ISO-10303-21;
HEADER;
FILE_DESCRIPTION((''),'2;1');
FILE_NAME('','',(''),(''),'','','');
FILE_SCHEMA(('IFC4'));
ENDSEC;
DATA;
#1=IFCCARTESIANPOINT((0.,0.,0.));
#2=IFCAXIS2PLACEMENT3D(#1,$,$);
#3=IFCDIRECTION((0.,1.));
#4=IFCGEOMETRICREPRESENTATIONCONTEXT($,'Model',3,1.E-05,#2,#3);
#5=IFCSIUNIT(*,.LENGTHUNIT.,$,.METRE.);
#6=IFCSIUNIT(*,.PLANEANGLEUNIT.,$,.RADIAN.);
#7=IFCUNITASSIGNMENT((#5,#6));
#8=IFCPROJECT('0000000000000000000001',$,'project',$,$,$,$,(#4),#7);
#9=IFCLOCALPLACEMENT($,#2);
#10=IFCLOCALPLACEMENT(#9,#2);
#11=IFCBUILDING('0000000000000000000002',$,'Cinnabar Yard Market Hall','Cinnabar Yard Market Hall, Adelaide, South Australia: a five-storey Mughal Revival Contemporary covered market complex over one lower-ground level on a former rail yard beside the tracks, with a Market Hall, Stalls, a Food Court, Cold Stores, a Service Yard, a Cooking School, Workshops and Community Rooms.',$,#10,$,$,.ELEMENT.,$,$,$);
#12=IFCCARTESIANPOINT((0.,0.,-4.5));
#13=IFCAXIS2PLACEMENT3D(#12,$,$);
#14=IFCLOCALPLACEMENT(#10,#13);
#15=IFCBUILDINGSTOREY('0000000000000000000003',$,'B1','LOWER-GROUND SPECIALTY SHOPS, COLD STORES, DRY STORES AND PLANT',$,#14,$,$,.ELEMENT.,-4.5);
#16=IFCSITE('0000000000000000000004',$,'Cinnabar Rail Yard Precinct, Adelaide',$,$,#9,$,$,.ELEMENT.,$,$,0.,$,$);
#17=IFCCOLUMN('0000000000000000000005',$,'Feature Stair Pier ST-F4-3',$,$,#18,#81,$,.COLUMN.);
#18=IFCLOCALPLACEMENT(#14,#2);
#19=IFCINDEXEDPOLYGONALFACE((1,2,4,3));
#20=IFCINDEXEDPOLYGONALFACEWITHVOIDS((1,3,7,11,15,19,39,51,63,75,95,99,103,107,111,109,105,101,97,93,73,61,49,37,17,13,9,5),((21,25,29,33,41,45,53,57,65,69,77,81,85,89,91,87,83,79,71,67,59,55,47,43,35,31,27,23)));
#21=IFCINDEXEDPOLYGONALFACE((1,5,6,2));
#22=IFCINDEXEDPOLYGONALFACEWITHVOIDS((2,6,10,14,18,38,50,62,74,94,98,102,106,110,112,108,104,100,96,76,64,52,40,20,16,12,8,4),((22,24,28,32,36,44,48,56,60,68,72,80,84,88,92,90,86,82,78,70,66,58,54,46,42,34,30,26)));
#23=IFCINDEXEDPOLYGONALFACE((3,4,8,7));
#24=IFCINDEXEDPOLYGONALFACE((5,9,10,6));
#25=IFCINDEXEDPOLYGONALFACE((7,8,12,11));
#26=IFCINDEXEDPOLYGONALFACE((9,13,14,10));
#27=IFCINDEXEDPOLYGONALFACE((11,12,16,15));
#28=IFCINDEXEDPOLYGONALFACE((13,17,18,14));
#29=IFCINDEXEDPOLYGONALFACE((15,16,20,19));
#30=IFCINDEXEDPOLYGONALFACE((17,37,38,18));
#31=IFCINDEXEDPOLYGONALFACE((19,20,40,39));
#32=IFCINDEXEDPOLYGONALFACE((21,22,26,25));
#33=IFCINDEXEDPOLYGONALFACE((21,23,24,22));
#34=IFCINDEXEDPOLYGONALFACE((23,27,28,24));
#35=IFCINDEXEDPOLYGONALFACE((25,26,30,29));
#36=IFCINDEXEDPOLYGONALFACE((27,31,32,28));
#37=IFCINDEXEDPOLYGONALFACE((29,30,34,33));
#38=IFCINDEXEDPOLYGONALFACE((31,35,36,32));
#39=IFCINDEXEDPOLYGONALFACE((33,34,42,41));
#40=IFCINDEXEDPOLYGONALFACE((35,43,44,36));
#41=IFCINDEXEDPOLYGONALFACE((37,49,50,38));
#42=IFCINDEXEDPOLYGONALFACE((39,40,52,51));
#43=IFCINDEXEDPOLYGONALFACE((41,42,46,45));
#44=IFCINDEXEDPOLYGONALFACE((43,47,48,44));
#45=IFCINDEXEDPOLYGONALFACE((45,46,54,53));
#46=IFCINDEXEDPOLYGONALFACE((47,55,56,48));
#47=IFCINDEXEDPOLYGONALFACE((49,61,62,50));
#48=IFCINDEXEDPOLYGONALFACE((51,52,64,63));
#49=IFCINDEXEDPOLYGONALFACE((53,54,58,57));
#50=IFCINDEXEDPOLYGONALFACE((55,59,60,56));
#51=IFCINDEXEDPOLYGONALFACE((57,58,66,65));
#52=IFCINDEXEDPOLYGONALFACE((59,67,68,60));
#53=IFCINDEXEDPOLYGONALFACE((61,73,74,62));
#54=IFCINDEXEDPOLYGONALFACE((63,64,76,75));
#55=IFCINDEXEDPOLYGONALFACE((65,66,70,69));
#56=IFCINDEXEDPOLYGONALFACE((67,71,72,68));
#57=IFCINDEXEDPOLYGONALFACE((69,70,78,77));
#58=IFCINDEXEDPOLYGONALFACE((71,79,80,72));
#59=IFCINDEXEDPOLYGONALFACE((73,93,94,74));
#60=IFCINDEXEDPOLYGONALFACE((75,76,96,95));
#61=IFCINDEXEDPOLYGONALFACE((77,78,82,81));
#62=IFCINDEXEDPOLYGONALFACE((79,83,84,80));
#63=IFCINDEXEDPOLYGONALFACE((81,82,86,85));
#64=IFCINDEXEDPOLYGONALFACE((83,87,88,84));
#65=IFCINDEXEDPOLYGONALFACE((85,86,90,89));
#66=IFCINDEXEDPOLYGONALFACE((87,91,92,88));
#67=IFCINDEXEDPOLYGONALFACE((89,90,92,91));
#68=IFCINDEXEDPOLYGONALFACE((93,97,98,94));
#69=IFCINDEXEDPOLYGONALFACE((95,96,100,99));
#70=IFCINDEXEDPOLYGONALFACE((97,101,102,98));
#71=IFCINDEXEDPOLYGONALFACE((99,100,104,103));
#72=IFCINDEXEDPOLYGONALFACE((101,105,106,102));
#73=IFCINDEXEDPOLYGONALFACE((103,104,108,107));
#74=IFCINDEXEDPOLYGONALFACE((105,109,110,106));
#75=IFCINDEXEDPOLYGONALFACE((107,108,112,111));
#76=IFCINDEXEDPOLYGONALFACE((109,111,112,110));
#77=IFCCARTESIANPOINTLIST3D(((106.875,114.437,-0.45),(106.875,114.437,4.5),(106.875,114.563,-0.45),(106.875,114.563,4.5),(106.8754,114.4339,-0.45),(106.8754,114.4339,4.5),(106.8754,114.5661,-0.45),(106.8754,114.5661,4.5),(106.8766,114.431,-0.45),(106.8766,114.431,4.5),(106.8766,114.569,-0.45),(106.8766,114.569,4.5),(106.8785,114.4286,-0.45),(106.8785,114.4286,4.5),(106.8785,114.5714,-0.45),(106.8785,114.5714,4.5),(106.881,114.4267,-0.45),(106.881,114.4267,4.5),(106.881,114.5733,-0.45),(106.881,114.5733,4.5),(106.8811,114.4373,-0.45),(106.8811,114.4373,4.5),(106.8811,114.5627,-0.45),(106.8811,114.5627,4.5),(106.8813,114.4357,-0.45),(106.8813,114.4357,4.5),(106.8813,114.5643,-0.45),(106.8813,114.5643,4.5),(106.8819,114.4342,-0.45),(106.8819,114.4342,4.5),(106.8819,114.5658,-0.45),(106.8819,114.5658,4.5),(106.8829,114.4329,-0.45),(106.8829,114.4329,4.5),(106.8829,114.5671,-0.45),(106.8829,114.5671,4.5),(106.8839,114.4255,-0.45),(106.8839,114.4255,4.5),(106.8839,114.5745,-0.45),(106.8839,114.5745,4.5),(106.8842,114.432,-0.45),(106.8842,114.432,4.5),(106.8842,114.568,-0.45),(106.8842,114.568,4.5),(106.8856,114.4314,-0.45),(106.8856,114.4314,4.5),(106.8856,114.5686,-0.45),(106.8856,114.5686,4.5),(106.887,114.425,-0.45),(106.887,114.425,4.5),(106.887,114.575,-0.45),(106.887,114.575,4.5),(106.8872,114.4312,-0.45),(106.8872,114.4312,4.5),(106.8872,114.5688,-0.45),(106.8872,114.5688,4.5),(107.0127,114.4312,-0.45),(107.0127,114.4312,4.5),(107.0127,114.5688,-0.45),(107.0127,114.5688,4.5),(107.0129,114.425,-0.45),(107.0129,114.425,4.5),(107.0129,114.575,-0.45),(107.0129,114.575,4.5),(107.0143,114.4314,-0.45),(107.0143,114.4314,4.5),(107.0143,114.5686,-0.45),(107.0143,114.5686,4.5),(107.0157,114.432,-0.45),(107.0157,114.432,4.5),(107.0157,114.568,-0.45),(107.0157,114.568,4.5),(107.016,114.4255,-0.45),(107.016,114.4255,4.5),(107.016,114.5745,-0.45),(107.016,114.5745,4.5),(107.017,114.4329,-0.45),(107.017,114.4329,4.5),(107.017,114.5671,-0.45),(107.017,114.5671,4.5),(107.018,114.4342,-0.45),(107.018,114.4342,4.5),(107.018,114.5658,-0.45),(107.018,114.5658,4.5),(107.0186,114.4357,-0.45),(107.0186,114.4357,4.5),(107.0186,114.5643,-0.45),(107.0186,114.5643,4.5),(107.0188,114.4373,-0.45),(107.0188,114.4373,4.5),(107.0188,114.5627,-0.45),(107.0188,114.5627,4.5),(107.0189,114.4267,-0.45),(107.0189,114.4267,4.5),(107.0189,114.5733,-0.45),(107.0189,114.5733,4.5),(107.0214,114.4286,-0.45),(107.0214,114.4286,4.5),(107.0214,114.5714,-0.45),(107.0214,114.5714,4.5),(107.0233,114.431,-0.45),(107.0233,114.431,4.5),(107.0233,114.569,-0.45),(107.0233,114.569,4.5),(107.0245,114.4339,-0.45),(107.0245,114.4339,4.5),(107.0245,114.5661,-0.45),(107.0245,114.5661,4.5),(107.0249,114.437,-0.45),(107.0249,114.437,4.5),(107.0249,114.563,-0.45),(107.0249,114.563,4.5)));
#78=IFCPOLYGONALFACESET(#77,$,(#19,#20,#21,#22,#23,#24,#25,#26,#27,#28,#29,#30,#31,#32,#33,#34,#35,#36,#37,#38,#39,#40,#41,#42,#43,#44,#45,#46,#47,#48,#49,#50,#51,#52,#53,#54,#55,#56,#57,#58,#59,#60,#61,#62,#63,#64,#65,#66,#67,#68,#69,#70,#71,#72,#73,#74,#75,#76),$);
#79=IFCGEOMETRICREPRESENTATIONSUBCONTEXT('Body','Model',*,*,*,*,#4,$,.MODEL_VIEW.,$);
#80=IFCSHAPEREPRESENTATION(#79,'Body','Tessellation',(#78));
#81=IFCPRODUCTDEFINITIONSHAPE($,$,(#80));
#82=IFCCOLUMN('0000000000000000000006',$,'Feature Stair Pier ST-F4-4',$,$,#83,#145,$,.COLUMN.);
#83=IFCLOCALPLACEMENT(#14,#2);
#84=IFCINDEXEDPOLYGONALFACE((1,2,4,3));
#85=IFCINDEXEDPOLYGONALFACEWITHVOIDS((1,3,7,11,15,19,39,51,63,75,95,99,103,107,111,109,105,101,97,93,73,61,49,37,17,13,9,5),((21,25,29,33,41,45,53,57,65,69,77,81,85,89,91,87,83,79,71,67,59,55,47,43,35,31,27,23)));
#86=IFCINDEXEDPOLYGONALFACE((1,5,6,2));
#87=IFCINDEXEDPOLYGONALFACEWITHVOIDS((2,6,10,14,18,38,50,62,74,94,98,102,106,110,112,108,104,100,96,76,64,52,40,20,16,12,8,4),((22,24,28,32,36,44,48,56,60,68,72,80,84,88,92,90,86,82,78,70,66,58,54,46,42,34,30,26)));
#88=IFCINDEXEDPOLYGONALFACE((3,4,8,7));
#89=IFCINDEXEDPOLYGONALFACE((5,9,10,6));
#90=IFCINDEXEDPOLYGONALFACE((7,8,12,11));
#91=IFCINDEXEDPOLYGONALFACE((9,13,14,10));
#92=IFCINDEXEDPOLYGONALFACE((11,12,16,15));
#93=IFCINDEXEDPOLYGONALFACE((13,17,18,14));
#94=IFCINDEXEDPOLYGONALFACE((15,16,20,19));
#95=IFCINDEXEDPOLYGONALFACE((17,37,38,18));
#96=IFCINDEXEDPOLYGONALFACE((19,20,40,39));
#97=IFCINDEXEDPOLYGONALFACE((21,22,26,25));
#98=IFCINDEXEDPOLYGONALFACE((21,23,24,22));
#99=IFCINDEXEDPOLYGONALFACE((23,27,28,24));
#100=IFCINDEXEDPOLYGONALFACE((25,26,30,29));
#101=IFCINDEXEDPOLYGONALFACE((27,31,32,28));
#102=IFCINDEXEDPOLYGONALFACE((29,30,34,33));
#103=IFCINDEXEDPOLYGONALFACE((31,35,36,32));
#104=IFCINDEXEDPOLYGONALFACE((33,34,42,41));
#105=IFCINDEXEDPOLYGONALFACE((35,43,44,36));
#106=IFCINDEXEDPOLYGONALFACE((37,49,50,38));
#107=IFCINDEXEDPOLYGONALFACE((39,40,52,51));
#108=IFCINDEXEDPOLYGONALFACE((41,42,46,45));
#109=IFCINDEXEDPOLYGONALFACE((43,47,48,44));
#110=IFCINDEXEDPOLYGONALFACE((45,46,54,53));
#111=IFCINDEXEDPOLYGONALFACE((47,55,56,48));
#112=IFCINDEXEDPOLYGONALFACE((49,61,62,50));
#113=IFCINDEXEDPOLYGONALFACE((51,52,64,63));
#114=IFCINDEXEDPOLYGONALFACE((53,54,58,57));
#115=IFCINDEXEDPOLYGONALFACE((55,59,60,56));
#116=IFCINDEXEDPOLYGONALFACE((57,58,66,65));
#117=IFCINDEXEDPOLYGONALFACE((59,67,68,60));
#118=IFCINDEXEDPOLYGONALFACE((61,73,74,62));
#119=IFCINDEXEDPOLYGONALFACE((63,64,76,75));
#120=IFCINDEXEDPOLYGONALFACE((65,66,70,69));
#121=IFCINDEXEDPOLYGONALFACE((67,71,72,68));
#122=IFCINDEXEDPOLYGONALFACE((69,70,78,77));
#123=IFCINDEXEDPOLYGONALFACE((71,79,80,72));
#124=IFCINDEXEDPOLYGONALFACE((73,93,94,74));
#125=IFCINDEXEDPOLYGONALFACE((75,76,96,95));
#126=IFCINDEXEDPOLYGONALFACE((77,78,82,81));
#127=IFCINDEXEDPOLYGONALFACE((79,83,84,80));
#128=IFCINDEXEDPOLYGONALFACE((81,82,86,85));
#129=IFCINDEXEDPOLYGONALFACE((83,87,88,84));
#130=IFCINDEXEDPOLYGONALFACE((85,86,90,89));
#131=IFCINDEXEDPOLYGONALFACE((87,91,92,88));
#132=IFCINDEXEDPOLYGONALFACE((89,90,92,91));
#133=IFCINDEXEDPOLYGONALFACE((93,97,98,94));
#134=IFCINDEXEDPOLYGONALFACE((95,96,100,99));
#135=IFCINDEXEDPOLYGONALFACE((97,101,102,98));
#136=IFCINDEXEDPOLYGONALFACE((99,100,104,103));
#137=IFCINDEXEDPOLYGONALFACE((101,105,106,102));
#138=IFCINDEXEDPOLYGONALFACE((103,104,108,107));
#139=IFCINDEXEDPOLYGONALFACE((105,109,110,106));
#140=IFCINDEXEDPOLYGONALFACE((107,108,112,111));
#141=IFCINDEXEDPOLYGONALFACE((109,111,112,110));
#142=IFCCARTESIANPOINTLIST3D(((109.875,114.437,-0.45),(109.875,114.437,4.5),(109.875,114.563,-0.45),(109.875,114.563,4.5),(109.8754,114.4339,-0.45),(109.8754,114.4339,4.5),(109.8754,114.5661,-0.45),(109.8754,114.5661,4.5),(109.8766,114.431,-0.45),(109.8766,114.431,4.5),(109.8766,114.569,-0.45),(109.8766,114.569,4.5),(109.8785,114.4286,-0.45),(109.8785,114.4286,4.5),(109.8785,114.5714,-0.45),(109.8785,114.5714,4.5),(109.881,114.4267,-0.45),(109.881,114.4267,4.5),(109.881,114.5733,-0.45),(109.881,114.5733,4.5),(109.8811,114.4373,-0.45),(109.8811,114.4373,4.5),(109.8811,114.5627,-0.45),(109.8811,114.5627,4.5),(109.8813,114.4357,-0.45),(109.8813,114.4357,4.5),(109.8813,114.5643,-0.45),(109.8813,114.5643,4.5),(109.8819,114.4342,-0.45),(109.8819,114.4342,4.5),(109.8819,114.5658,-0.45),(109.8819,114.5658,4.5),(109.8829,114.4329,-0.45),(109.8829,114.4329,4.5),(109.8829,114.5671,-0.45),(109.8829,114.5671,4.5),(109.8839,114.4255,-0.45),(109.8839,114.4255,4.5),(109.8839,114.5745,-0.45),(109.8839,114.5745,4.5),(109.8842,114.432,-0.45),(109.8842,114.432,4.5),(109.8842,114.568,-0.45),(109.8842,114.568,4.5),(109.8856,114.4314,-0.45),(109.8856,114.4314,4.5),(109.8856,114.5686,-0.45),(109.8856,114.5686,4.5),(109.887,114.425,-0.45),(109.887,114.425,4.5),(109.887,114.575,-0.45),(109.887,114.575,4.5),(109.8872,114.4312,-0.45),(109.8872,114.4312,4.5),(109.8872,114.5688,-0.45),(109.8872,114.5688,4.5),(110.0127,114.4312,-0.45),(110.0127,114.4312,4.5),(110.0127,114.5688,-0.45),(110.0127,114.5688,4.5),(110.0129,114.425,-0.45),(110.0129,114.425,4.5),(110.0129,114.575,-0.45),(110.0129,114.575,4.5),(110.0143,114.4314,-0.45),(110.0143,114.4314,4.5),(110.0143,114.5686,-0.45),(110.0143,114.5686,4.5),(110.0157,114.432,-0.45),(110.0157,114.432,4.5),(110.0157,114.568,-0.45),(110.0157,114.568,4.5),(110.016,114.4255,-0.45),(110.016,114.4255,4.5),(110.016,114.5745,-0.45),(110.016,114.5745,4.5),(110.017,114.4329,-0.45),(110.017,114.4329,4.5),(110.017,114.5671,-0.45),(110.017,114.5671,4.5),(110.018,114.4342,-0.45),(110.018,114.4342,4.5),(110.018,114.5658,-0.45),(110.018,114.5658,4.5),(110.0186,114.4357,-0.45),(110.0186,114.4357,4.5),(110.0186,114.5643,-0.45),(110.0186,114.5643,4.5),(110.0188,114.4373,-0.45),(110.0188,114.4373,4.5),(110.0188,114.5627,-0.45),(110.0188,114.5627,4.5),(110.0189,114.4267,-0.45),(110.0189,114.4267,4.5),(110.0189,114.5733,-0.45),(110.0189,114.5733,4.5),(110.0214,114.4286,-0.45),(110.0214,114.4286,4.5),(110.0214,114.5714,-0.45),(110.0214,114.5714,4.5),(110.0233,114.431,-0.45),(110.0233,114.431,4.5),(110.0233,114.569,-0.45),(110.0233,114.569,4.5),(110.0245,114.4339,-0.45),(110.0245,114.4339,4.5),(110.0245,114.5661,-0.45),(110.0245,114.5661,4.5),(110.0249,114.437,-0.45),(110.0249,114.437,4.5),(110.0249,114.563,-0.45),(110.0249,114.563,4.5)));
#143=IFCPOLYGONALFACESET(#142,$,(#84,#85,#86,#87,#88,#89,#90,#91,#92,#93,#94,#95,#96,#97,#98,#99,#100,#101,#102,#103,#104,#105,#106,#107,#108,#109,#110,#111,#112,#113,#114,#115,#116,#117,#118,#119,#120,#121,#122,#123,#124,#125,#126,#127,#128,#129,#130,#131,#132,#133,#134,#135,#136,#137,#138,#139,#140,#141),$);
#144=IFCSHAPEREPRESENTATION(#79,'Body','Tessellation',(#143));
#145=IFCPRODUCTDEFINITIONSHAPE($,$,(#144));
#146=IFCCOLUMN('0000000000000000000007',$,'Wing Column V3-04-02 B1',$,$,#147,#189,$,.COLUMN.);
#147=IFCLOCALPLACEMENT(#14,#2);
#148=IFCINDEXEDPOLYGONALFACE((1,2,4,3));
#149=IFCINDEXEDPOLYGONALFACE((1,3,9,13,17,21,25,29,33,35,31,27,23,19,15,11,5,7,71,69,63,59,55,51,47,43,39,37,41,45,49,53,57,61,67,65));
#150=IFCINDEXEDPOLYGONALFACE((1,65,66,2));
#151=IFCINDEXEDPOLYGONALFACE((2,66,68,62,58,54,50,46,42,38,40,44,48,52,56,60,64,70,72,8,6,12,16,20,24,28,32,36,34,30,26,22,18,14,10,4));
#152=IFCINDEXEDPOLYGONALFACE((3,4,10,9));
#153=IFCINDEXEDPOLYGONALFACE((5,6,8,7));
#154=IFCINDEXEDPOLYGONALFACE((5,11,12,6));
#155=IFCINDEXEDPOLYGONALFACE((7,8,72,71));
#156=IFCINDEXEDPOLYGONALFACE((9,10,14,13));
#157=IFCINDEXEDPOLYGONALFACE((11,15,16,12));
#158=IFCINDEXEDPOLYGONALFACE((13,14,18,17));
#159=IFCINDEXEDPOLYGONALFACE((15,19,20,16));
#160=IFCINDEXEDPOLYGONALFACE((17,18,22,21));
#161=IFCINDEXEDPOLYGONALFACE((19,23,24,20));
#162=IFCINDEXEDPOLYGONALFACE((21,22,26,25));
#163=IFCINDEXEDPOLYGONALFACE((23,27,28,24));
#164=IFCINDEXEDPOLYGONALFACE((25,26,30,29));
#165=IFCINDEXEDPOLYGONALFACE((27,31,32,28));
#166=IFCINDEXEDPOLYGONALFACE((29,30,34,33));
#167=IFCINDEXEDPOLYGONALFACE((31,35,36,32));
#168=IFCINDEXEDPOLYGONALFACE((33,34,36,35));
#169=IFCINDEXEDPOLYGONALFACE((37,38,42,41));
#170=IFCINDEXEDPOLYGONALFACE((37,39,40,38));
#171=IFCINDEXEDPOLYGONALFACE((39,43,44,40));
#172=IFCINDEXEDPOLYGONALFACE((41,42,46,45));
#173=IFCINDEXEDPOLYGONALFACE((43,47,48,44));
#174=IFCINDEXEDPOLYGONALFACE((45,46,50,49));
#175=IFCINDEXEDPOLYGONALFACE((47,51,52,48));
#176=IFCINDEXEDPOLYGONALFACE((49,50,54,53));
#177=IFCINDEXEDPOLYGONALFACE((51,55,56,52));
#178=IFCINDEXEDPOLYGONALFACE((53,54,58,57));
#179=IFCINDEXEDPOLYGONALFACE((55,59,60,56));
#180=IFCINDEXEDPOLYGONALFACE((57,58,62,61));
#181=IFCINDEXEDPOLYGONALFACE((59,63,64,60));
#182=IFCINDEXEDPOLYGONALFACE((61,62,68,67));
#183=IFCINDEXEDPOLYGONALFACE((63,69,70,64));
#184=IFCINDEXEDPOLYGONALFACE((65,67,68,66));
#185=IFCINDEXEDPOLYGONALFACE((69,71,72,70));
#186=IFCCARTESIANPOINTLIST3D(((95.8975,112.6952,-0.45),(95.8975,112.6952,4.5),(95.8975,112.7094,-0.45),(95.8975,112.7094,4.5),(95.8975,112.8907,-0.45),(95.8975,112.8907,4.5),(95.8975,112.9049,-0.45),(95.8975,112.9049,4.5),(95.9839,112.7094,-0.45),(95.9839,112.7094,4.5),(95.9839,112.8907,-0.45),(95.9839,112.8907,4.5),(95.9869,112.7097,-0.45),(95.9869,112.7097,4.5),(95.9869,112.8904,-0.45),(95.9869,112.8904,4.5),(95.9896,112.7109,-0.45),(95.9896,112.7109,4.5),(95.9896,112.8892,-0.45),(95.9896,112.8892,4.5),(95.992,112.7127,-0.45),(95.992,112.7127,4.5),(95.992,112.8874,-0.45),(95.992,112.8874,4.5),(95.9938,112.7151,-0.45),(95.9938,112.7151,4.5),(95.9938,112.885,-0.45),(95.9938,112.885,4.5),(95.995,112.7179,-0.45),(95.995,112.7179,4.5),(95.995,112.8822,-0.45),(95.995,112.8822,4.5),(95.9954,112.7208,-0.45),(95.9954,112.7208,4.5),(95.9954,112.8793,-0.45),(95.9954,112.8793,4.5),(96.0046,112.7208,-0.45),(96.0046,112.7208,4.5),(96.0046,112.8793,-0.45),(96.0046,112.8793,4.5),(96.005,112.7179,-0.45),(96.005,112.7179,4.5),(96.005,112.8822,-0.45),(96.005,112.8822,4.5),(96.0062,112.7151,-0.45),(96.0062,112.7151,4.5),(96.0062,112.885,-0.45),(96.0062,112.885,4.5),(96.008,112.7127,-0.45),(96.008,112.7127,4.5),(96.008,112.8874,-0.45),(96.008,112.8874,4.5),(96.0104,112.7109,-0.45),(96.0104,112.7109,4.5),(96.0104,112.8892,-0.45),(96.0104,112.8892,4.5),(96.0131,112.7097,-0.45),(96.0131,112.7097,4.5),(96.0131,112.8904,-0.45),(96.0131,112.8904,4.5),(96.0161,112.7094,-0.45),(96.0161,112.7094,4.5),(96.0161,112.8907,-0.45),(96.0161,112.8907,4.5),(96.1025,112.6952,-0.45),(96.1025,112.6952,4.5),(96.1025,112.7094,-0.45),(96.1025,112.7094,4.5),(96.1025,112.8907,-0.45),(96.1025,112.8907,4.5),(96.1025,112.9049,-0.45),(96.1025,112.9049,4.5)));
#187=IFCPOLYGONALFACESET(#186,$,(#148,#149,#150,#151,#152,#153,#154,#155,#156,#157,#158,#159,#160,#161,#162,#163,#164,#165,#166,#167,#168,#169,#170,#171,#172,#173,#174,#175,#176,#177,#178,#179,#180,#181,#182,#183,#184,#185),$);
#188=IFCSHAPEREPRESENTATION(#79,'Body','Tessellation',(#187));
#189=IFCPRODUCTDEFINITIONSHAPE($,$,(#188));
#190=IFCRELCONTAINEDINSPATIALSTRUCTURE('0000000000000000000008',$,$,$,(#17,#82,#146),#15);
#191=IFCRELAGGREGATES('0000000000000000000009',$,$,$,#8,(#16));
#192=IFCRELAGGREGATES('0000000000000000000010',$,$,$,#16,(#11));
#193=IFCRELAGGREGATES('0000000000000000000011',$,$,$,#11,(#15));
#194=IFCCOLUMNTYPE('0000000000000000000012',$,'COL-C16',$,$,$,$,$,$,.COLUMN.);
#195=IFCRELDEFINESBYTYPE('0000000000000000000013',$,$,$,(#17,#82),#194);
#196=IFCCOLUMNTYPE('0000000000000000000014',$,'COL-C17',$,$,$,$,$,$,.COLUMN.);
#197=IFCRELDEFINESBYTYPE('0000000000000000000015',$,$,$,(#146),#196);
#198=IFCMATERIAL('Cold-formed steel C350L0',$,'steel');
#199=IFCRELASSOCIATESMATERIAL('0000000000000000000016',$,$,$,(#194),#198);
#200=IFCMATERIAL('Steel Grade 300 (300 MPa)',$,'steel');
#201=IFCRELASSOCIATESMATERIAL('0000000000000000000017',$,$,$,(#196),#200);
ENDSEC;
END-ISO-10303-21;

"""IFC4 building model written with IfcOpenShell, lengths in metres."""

from ifc_helpers import new_model, si_unit, direction, frame, origin, origin_2d_with_axis, place, context, subcontext, project, spatial, hollow_rectangle, i_section, extrude, material, material_profile, profile_set, type_object, element, save


model = new_model("IFC4")

# Units and contexts
model_context = context("Model", 3, precision=1e-05, world=origin(), true_north=direction((0.0, 1.0)))
body_context = subcontext(model_context, "Body", "Model", "MODEL_VIEW")
ifc_project = project(units=[si_unit("LENGTHUNIT", "METRE"), si_unit("PLANEANGLEUNIT", "RADIAN")], contexts=[model_context])

# Site, building, storey
site_placement = place(None, origin())
site = spatial("IfcSite", under=ifc_project, at=site_placement, Name="Cinnabar Rail Yard Precinct, Adelaide", CompositionType="ELEMENT", RefElevation=0.0)
building_placement = place(site_placement, origin())
building = spatial("IfcBuilding", under=site, at=building_placement, Name="Cinnabar Yard Market Hall", Description="Cinnabar Yard Market Hall, Adelaide, South Australia: a five-storey Mughal Revival Contemporary covered market complex over one lower-ground level on a former rail yard beside the tracks, with a Market Hall, Stalls, a Food Court, Cold Stores, a Service Yard, a Cooking School, Workshops and Community Rooms.", CompositionType="ELEMENT")
storey_placement = place(building_placement, frame((0.0, 0.0, -4.5)))
storey = spatial("IfcBuildingStorey", under=building, at=storey_placement, Name="B1", Description="LOWER-GROUND SPECIALTY SHOPS, COLD STORES, DRY STORES AND PLANT", CompositionType="ELEMENT", Elevation=-4.5)

# Columns
ifc_material_1 = material(Name="Cold-formed steel C350L0", Category="steel")
ifc_material_profile_1 = material_profile(ifc_material_1, hollow_rectangle(XDim=0.1499, YDim=0.1499, WallThickness=0.0061, InnerFilletRadius=0.0061, OuterFilletRadius=0.012, at=origin_2d_with_axis()), Name="150x150x6.0SHS")
ifc_profile_set_1 = profile_set([ifc_material_profile_1], Name="Cold-formed steel C350L0")
column_type_1 = type_object("IfcColumnType", Name="COL-C16", PredefinedType="COLUMN", material=ifc_profile_set_1)
for number, where, z_axis, x_axis, name in (
    (1, (106.95, 114.5, -0.45), (0.0, 0.0, 1.0), (1.0, 0.0, 0.0), "Feature Stair Pier ST-F4-3"),
    (2, (109.95, 114.5, -0.45), (0.0, 0.0, 1.0), (1.0, 0.0, 0.0), "Feature Stair Pier ST-F4-4"),
):
    element("IfcColumn", number, at=place(storey_placement, frame(where, z_axis=z_axis, x_axis=x_axis)), inside=storey, type_object=column_type_1, Name=name, PredefinedType="COLUMN", context=body_context, shape_type="SweptSolid", body=[
        extrude(hollow_rectangle(XDim=0.1499, YDim=0.1499, WallThickness=0.0061, InnerFilletRadius=0.0061, OuterFilletRadius=0.012, at=origin_2d_with_axis()), origin(), (0.0, 0.0, 1.0), 4.95),
    ])
ifc_material_2 = material(Name="Steel Grade 300 (300 MPa)", Category="steel")
ifc_material_profile_2 = material_profile(ifc_material_2, i_section(OverallWidth=0.2051, OverallDepth=0.2097, WebThickness=0.0093, FlangeThickness=0.0142, FilletRadius=0.0115, at=origin_2d_with_axis()), Name="200UC59.5")
ifc_profile_set_2 = profile_set([ifc_material_profile_2], Name="Steel Grade 300 (300 MPa)")
column_type_2 = type_object("IfcColumnType", Name="COL-C17", PredefinedType="COLUMN", material=ifc_profile_set_2)
column_1_placement = place(storey_placement, frame((96.0, 112.8, -0.45), z_axis=(0.0, 0.0, 1.0), x_axis=(1.0, 0.0, 0.0)))
element("IfcColumn", 3, at=column_1_placement, inside=storey, type_object=column_type_2, Name="Wing Column V3-04-02 B1", PredefinedType="COLUMN", context=body_context, shape_type="SweptSolid", body=[
    extrude(i_section(OverallWidth=0.2051, OverallDepth=0.2097, WebThickness=0.0093, FlangeThickness=0.0142, FilletRadius=0.0115, at=origin_2d_with_axis()), origin(), (0.0, 0.0, 1.0), 4.95),
])

save(model, "model.ifc")
